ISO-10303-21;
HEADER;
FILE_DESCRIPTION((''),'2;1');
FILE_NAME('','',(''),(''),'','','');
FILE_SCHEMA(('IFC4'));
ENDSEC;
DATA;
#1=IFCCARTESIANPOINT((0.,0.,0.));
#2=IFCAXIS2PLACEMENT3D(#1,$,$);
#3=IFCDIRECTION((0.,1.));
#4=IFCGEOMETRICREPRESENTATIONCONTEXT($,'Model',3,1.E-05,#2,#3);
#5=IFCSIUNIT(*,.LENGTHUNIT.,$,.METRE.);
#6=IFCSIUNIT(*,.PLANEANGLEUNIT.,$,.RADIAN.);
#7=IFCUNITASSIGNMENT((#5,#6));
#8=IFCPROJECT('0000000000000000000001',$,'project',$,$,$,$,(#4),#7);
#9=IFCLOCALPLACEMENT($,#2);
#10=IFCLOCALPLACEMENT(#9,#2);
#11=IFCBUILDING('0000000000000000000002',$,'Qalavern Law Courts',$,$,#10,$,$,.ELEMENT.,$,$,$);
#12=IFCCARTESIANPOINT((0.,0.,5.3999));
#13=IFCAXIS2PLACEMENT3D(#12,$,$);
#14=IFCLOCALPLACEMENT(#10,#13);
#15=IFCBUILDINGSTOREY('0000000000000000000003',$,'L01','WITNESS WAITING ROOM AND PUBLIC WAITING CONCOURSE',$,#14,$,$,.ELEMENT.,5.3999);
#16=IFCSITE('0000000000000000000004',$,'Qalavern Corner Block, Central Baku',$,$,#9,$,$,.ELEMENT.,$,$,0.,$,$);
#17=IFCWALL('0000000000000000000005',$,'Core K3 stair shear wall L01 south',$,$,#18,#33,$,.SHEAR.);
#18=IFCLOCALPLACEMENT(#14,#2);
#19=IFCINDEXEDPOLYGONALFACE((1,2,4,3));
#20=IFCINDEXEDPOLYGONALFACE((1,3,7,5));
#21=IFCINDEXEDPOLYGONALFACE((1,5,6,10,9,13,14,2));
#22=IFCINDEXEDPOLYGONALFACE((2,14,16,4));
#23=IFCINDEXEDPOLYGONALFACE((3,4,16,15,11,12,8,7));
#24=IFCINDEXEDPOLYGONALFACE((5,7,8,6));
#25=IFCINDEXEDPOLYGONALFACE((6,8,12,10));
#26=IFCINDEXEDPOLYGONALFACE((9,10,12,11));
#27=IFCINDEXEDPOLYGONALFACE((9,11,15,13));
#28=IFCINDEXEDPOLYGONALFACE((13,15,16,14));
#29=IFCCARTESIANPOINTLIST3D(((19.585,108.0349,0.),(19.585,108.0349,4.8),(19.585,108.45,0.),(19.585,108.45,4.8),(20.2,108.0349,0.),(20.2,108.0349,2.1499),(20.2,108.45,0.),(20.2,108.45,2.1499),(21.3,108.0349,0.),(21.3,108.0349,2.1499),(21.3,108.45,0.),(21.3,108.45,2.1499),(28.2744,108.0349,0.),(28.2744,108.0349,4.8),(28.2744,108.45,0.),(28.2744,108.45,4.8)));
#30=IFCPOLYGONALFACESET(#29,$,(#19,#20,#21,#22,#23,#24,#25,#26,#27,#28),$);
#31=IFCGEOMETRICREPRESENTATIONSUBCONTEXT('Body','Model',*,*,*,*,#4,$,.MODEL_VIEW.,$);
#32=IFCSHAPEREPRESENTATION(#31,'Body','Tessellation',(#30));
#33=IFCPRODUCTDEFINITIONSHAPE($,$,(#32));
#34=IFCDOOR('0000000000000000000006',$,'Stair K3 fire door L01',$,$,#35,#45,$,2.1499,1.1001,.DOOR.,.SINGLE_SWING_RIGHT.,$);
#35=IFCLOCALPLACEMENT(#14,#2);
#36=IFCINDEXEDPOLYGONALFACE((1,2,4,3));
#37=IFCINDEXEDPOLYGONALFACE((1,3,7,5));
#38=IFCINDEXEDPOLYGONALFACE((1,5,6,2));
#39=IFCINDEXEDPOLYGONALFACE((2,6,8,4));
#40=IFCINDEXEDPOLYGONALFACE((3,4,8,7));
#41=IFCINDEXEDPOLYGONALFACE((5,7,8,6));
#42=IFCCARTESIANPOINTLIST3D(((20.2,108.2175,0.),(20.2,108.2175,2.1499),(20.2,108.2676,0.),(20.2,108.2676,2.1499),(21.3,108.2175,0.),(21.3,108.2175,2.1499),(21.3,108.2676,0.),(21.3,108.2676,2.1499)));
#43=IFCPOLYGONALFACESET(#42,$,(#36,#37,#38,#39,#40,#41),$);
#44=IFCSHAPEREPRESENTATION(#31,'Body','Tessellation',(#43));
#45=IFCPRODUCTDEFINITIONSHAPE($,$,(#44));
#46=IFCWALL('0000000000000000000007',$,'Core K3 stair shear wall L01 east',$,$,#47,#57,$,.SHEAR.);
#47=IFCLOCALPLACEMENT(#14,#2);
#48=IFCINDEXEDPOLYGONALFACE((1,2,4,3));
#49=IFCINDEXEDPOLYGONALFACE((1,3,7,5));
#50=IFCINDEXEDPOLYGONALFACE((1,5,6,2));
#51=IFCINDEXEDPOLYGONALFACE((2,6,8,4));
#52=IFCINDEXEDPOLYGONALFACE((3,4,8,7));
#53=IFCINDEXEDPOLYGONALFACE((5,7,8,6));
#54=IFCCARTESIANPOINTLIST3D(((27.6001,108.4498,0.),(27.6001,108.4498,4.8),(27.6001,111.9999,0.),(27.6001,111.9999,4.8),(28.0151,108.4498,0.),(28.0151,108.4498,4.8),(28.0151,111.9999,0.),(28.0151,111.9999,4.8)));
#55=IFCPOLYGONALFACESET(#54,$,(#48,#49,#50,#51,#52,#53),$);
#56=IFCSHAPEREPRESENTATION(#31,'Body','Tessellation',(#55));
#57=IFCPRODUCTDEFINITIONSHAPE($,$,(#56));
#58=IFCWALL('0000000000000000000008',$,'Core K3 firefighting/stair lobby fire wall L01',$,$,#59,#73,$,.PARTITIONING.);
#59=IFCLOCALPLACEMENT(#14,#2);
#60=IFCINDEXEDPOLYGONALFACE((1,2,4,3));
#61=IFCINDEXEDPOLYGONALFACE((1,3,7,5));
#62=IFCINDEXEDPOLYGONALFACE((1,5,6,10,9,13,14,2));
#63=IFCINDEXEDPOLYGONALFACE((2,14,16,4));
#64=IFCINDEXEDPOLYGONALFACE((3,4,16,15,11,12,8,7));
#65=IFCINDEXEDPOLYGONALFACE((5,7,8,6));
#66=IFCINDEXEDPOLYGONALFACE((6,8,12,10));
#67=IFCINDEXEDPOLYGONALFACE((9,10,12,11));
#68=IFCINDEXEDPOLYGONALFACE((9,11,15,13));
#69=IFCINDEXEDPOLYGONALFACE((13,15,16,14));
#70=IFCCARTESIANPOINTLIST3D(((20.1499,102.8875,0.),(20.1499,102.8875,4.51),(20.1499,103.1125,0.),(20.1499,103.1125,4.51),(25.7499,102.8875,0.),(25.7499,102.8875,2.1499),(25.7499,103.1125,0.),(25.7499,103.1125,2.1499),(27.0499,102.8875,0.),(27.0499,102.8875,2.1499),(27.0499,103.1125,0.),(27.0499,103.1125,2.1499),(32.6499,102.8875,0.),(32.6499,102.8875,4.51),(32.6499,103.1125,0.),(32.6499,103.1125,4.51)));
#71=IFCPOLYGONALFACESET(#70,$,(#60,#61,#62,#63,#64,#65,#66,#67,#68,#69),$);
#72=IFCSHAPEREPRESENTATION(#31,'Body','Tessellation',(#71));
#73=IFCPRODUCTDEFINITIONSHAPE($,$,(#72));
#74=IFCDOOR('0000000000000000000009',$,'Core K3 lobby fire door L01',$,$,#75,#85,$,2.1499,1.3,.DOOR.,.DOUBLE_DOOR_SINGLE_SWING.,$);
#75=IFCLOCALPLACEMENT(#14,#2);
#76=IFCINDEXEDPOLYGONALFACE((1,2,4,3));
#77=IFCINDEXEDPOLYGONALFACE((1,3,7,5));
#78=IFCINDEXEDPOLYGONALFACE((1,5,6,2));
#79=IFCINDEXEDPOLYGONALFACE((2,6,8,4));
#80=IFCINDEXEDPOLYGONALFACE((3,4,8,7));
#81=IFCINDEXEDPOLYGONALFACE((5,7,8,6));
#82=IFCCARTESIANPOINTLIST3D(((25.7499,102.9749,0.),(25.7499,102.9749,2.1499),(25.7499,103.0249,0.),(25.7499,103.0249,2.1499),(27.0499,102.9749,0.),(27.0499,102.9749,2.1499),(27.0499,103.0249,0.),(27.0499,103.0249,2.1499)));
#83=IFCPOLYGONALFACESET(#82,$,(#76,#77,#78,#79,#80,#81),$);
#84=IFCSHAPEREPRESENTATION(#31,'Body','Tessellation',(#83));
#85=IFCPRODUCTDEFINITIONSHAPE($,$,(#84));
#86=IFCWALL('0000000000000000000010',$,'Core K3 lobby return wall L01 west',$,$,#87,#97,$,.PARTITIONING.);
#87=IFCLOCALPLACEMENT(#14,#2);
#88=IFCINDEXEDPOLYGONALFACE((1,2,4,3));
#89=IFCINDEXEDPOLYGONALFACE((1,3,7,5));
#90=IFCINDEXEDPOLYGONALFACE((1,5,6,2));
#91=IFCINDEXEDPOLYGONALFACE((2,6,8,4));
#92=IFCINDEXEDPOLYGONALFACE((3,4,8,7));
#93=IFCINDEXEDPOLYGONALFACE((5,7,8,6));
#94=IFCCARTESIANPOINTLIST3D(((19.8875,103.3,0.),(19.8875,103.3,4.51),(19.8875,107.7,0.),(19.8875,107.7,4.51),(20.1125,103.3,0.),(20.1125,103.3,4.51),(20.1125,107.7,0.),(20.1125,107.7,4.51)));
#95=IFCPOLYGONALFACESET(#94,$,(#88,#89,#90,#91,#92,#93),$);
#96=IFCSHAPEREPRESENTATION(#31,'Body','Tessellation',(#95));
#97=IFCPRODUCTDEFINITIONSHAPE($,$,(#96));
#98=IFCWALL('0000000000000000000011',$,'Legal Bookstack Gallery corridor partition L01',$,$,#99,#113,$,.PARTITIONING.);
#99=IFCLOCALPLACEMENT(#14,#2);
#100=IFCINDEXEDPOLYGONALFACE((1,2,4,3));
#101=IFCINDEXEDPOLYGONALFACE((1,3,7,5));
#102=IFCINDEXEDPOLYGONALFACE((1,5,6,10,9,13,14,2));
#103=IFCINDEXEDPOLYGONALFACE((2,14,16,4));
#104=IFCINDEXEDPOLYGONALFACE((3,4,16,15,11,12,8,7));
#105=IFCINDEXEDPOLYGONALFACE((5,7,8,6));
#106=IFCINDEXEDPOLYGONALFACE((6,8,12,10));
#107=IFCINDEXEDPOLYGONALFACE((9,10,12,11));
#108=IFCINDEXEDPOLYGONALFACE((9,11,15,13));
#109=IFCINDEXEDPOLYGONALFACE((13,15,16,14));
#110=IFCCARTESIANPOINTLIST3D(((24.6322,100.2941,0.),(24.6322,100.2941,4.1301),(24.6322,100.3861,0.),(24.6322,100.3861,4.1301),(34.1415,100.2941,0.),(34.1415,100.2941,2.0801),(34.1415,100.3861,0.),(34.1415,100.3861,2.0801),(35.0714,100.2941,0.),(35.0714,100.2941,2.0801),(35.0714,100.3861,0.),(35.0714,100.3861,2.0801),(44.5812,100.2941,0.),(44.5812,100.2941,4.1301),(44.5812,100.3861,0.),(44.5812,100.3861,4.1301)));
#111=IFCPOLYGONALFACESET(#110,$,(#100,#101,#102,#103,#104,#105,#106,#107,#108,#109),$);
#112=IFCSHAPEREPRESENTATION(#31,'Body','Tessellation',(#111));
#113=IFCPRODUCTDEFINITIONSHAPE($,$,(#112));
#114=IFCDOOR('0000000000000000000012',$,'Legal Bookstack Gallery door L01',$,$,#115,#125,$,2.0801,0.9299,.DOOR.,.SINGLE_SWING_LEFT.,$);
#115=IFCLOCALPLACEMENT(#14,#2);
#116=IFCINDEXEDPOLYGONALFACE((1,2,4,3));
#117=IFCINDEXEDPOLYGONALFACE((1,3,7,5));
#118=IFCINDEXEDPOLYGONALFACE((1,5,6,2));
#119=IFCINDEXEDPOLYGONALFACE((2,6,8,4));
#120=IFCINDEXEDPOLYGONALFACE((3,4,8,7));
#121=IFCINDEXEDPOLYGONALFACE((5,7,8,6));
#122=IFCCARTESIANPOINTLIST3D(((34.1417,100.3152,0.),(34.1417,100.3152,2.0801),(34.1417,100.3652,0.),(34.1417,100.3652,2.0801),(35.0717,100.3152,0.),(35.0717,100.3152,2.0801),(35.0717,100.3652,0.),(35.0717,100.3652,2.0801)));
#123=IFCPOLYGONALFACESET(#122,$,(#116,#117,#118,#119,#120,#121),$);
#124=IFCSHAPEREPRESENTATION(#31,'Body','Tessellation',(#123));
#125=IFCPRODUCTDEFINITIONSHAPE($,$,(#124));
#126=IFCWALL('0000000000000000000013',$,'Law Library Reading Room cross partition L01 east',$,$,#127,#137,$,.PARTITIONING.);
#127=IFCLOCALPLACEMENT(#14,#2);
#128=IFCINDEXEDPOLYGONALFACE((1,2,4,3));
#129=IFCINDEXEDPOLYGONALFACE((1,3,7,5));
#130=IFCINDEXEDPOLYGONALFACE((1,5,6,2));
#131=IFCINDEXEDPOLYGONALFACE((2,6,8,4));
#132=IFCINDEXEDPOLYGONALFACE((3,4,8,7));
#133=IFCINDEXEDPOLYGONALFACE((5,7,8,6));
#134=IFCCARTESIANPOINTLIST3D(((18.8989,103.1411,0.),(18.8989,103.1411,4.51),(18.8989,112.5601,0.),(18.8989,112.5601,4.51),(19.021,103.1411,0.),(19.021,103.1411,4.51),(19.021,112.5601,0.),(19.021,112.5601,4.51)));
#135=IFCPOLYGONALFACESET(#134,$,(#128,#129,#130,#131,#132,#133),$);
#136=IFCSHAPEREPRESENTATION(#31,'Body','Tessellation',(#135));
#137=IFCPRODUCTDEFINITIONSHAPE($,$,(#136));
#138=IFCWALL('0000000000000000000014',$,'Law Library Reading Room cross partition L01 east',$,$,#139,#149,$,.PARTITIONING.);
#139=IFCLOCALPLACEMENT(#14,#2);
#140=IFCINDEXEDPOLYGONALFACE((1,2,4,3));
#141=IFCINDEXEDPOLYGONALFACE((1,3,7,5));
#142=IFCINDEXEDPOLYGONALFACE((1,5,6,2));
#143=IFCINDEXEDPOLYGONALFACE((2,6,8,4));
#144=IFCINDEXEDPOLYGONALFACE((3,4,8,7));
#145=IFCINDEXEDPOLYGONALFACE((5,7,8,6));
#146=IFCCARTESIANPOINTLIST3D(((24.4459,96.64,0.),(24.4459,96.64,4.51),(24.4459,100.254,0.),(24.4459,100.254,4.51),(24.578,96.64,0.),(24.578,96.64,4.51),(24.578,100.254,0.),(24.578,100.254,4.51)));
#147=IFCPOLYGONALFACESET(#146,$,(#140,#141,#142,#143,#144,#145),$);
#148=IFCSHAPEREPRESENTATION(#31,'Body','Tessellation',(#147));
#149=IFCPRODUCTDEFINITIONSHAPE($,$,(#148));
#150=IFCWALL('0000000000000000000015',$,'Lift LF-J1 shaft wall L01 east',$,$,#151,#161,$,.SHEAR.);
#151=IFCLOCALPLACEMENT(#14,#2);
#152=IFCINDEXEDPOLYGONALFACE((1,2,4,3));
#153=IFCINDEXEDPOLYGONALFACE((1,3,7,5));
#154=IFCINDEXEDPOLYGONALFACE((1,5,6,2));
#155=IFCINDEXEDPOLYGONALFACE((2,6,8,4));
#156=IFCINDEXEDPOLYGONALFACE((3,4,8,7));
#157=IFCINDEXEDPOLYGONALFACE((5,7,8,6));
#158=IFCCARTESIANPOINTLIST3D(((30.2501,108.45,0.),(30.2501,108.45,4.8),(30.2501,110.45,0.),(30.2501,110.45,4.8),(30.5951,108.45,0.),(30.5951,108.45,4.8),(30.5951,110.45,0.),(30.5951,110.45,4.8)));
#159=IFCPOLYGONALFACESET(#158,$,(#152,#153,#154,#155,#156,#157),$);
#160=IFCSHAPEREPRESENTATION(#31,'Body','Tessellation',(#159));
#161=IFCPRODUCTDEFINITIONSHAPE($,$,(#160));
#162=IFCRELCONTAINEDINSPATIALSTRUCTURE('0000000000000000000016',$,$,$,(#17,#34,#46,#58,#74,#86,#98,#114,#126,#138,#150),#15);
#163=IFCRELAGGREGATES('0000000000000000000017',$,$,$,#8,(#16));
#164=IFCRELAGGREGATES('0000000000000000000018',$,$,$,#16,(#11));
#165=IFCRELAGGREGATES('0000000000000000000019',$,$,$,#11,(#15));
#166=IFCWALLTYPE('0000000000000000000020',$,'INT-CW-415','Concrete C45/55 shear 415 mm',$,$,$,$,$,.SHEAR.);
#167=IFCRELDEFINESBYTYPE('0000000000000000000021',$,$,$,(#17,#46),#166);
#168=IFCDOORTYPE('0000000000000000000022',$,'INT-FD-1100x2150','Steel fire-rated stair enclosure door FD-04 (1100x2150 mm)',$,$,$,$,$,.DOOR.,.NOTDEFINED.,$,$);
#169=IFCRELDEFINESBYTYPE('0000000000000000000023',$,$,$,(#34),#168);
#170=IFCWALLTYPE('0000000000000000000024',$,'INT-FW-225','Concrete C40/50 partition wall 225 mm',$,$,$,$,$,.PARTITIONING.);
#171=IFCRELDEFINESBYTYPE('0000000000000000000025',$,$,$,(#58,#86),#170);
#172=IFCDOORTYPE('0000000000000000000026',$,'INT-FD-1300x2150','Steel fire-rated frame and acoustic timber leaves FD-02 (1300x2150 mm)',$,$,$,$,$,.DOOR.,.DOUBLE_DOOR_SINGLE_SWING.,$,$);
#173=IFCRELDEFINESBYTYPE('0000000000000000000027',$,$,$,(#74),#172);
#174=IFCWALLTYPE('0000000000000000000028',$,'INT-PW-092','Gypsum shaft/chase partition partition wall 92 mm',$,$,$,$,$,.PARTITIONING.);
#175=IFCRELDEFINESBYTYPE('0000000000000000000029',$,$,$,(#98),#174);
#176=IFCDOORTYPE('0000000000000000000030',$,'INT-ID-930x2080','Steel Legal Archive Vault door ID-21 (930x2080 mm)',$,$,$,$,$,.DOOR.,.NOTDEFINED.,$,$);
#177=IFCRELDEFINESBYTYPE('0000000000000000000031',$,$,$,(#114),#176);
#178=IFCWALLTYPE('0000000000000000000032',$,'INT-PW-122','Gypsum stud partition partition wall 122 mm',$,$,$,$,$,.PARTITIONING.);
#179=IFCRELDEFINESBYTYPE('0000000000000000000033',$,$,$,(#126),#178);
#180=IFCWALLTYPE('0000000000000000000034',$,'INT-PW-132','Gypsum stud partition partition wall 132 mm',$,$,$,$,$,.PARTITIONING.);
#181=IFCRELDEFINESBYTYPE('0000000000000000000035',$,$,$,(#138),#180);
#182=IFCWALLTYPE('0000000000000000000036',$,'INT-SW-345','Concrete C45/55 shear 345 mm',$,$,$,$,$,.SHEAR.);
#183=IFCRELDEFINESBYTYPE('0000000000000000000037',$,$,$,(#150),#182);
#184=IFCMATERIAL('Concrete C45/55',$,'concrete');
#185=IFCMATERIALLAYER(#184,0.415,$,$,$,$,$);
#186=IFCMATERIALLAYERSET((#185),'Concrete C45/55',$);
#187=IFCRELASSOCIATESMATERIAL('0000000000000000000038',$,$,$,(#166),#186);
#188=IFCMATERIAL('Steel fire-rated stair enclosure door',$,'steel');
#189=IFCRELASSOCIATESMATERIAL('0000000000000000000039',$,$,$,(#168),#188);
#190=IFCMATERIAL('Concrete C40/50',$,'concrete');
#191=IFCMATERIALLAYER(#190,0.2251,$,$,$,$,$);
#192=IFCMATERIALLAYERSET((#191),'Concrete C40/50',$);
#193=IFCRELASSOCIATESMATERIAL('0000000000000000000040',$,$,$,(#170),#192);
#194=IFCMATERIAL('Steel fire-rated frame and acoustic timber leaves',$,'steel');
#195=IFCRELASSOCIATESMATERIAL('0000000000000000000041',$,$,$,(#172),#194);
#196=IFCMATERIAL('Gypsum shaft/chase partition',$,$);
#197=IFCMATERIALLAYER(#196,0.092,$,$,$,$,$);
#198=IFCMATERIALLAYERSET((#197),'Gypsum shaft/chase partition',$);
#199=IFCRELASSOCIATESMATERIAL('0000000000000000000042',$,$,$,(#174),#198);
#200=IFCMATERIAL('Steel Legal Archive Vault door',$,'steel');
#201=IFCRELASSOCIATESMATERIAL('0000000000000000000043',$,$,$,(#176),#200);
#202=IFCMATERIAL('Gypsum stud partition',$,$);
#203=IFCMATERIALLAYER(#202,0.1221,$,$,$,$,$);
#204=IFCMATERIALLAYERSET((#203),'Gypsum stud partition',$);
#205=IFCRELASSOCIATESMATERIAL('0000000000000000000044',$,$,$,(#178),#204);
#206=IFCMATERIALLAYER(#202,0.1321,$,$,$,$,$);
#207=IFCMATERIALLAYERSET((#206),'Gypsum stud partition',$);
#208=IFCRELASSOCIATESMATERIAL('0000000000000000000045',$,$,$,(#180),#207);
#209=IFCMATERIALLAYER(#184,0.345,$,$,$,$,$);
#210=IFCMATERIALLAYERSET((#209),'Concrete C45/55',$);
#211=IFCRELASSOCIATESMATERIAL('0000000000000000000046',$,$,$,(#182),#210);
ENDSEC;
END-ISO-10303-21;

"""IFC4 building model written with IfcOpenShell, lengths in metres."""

from ifc_helpers import new_model, si_unit, direction, frame, frame_2d, origin, place, context, subcontext, project, spatial, rectangle, extrude, material, layer, layer_set, type_object, element, fill, save


model = new_model("IFC4")

# Units and contexts
model_context = context("Model", 3, precision=1e-05, world=origin(), true_north=direction((0.0, 1.0)))
body_context = subcontext(model_context, "Body", "Model", "MODEL_VIEW")
ifc_project = project(units=[si_unit("LENGTHUNIT", "METRE"), si_unit("PLANEANGLEUNIT", "RADIAN")], contexts=[model_context])

# Site, building, storey
site_placement = place(None, origin())
site = spatial("IfcSite", under=ifc_project, at=site_placement, Name="Qalavern Corner Block, Central Baku", CompositionType="ELEMENT", RefElevation=0.0)
building_placement = place(site_placement, origin())
building = spatial("IfcBuilding", under=site, at=building_placement, Name="Qalavern Law Courts", CompositionType="ELEMENT")
storey_placement = place(building_placement, frame((0.0, 0.0, 5.3999)))
storey = spatial("IfcBuildingStorey", under=building, at=storey_placement, Name="L01", Description="WITNESS WAITING ROOM AND PUBLIC WAITING CONCOURSE", CompositionType="ELEMENT", Elevation=5.3999)

# Shared definitions
ifc_material_1 = material(Name="Concrete C45/55", Category="concrete")

# Shared definitions
ifc_material_2 = material(Name="Concrete C40/50", Category="concrete")

# Wall, opening, door
ifc_layer_1 = layer(ifc_material_1, 0.415)
ifc_layer_set_1 = layer_set([ifc_layer_1], Name="Concrete C45/55")
wall_type_1 = type_object("IfcWallType", Name="INT-CW-415", Description="Concrete C45/55 shear 415 mm", PredefinedType="SHEAR", material=ifc_layer_set_1)
wall_1_placement = place(storey_placement, frame((19.585, 108.2424, 0.0), z_axis=(0.0, 0.0, 1.0), x_axis=(1.0, 0.0, 0.0)))
wall_1 = element("IfcWall", 1, at=wall_1_placement, inside=storey, type_object=wall_type_1, Name="Core K3 stair shear wall L01 south", PredefinedType="SHEAR", context=body_context, shape_type="SweptSolid", body=[
    extrude(rectangle(XDim=8.6895, YDim=0.415, at=frame_2d((4.3447, 0.0))), origin(), (0.0, 0.0, 1.0), 4.8),
])
opening_1_placement = place(wall_1_placement, frame((0.615, 0.0, 0.0)))
opening_1 = element("IfcOpeningElement", 2, at=opening_1_placement, cuts=wall_1, PredefinedType="OPENING", context=body_context, shape_type="SweptSolid", body=[
    extrude(rectangle(XDim=1.1001, YDim=2.1499, at=frame_2d((0.55, 1.075))), frame((0.0, 0.2224, 0.0), z_axis=(0.0, -1.0, 0.0), x_axis=(1.0, 0.0, 0.0)), (0.0, 0.0, 1.0), 0.4448),
])
ifc_material_3 = material(Name="Steel fire-rated stair enclosure door", Category="steel")
door_type_1 = type_object("IfcDoorType", Name="INT-FD-1100x2150", Description="Steel fire-rated stair enclosure door FD-04 (1100x2150 mm)", OperationType="NOTDEFINED", PredefinedType="DOOR", material=ifc_material_3)
door_1_placement = place(opening_1_placement, frame((1.1001, 0.0, 0.0), z_axis=(0.0, 0.0, 1.0), x_axis=(-1.0, 0.0, 0.0)))
door_1 = element("IfcDoor", 3, at=door_1_placement, inside=storey, type_object=door_type_1, Name="Stair K3 fire door L01", OperationType="SINGLE_SWING_RIGHT", OverallHeight=2.1499, OverallWidth=1.1001, PredefinedType="DOOR", context=body_context, shape_type="SweptSolid", body=[
    extrude(rectangle(XDim=1.1001, YDim=2.1499, at=frame_2d((0.55, 1.075))), frame((0.0, 0.0249, 0.0), z_axis=(0.0, -1.0, 0.0), x_axis=(1.0, 0.0, 0.0)), (0.0, 0.0, 1.0), 0.05),
])
fill(opening_1, door_1)

# Wall
wall_2_placement = place(storey_placement, frame((27.8076, 108.45, 0.0), z_axis=(0.0, 0.0, 1.0), x_axis=(0.0, 1.0, 0.0)))
element("IfcWall", 4, at=wall_2_placement, inside=storey, type_object=wall_type_1, Name="Core K3 stair shear wall L01 east", PredefinedType="SHEAR", context=body_context, shape_type="SweptSolid", body=[
    extrude(rectangle(XDim=3.55, YDim=0.415, at=frame_2d((1.7749, 0.0))), origin(), (0.0, 0.0, 1.0), 4.8),
])

# Wall, opening, door
ifc_layer_2 = layer(ifc_material_2, 0.2251)
ifc_layer_set_2 = layer_set([ifc_layer_2], Name="Concrete C40/50")
wall_type_2 = type_object("IfcWallType", Name="INT-FW-225", Description="Concrete C40/50 partition wall 225 mm", PredefinedType="PARTITIONING", material=ifc_layer_set_2)
wall_3_placement = place(storey_placement, frame((20.1499, 103.0, 0.0), z_axis=(0.0, 0.0, 1.0), x_axis=(1.0, 0.0, 0.0)))
wall_3 = element("IfcWall", 5, at=wall_3_placement, inside=storey, type_object=wall_type_2, Name="Core K3 firefighting/stair lobby fire wall L01", PredefinedType="PARTITIONING", context=body_context, shape_type="SweptSolid", body=[
    extrude(rectangle(XDim=12.5, YDim=0.2251, at=frame_2d((6.25, 0.0))), origin(), (0.0, 0.0, 1.0), 4.51),
])
opening_2_placement = place(wall_3_placement, frame((5.6001, 0.0, 0.0)))
opening_2 = element("IfcOpeningElement", 6, at=opening_2_placement, cuts=wall_3, PredefinedType="OPENING", context=body_context, shape_type="SweptSolid", body=[
    extrude(rectangle(XDim=1.3, YDim=2.1499, at=frame_2d((0.6499, 1.075))), frame((0.0, 0.1274, 0.0), z_axis=(0.0, -1.0, 0.0), x_axis=(1.0, 0.0, 0.0)), (0.0, 0.0, 1.0), 0.2549),
])
ifc_material_4 = material(Name="Steel fire-rated frame and acoustic timber leaves", Category="steel")
door_type_2 = type_object("IfcDoorType", Name="INT-FD-1300x2150", Description="Steel fire-rated frame and acoustic timber leaves FD-02 (1300x2150 mm)", OperationType="DOUBLE_DOOR_SINGLE_SWING", PredefinedType="DOOR", material=ifc_material_4)
door_2_placement = place(opening_2_placement, origin())
door_2 = element("IfcDoor", 7, at=door_2_placement, inside=storey, type_object=door_type_2, Name="Core K3 lobby fire door L01", OperationType="DOUBLE_DOOR_SINGLE_SWING", OverallHeight=2.1499, OverallWidth=1.3, PredefinedType="DOOR", context=body_context, shape_type="SweptSolid", body=[
    extrude(rectangle(XDim=1.3, YDim=2.1499, at=frame_2d((0.6499, 1.075))), frame((0.0, 0.0249, 0.0), z_axis=(0.0, -1.0, 0.0), x_axis=(1.0, 0.0, 0.0)), (0.0, 0.0, 1.0), 0.05),
])
fill(opening_2, door_2)

# Wall
wall_4_placement = place(storey_placement, frame((20.0, 103.3, 0.0), z_axis=(0.0, 0.0, 1.0), x_axis=(0.0, 1.0, 0.0)))
element("IfcWall", 8, at=wall_4_placement, inside=storey, type_object=wall_type_2, Name="Core K3 lobby return wall L01 west", PredefinedType="PARTITIONING", context=body_context, shape_type="SweptSolid", body=[
    extrude(rectangle(XDim=4.3999, YDim=0.2251, at=frame_2d((2.2, 0.0))), origin(), (0.0, 0.0, 1.0), 4.51),
])

# Wall, opening, door
ifc_material_5 = material(Name="Gypsum shaft/chase partition")
ifc_layer_3 = layer(ifc_material_5, 0.092)
ifc_layer_set_3 = layer_set([ifc_layer_3], Name="Gypsum shaft/chase partition")
wall_type_3 = type_object("IfcWallType", Name="INT-PW-092", Description="Gypsum shaft/chase partition partition wall 92 mm", PredefinedType="PARTITIONING", material=ifc_layer_set_3)
wall_5_placement = place(storey_placement, frame((24.6321, 100.3401, 0.0), z_axis=(0.0, 0.0, 1.0), x_axis=(1.0, 0.0, 0.0)))
wall_5 = element("IfcWall", 9, at=wall_5_placement, inside=storey, type_object=wall_type_3, Name="Legal Bookstack Gallery corridor partition L01", PredefinedType="PARTITIONING", context=body_context, shape_type="SweptSolid", body=[
    extrude(rectangle(XDim=19.949, YDim=0.092, at=frame_2d((9.9746, 0.0))), origin(), (0.0, 0.0, 1.0), 4.1301),
])
opening_3_placement = place(wall_5_placement, frame((9.5095, 0.0, 0.0)))
opening_3 = element("IfcOpeningElement", 10, at=opening_3_placement, cuts=wall_5, PredefinedType="OPENING", context=body_context, shape_type="SweptSolid", body=[
    extrude(rectangle(XDim=0.9299, YDim=2.0801, at=frame_2d((0.4648, 1.04))), frame((0.0, 0.061, 0.0), z_axis=(0.0, -1.0, 0.0), x_axis=(1.0, 0.0, 0.0)), (0.0, 0.0, 1.0), 0.1218),
])
ifc_material_6 = material(Name="Steel Legal Archive Vault door", Category="steel")
door_type_3 = type_object("IfcDoorType", Name="INT-ID-930x2080", Description="Steel Legal Archive Vault door ID-21 (930x2080 mm)", OperationType="NOTDEFINED", PredefinedType="DOOR", material=ifc_material_6)
door_3_placement = place(opening_3_placement, frame((0.9299, 0.0, 0.0), z_axis=(0.0, 0.0, 1.0), x_axis=(-1.0, 0.0, 0.0)))
door_3 = element("IfcDoor", 11, at=door_3_placement, inside=storey, type_object=door_type_3, Name="Legal Bookstack Gallery door L01", OperationType="SINGLE_SWING_LEFT", OverallHeight=2.0801, OverallWidth=0.9299, PredefinedType="DOOR", context=body_context, shape_type="SweptSolid", body=[
    extrude(rectangle(XDim=0.9299, YDim=2.0801, at=frame_2d((0.4648, 1.04))), frame((0.0, 0.0249, 0.0), z_axis=(0.0, -1.0, 0.0), x_axis=(1.0, 0.0, 0.0)), (0.0, 0.0, 1.0), 0.05),
])
fill(opening_3, door_3)

# Walls
ifc_material_7 = material(Name="Gypsum stud partition")
ifc_layer_4 = layer(ifc_material_7, 0.1221)
ifc_layer_set_4 = layer_set([ifc_layer_4], Name="Gypsum stud partition")
wall_type_4 = type_object("IfcWallType", Name="INT-PW-122", Description="Gypsum stud partition partition wall 122 mm", PredefinedType="PARTITIONING", material=ifc_layer_set_4)
wall_6_placement = place(storey_placement, frame((18.96, 103.1411, 0.0), z_axis=(0.0, 0.0, 1.0), x_axis=(0.0, 1.0, 0.0)))
element("IfcWall", 12, at=wall_6_placement, inside=storey, type_object=wall_type_4, Name="Law Library Reading Room cross partition L01 east", PredefinedType="PARTITIONING", context=body_context, shape_type="SweptSolid", body=[
    extrude(rectangle(XDim=9.4189, YDim=0.1221, at=frame_2d((4.7095, 0.0))), origin(), (0.0, 0.0, 1.0), 4.51),
])
ifc_layer_5 = layer(ifc_material_7, 0.1321)
ifc_layer_set_5 = layer_set([ifc_layer_5], Name="Gypsum stud partition")
wall_type_5 = type_object("IfcWallType", Name="INT-PW-132", Description="Gypsum stud partition partition wall 132 mm", PredefinedType="PARTITIONING", material=ifc_layer_set_5)
wall_7_placement = place(storey_placement, frame((24.512, 96.6399, 0.0), z_axis=(0.0, 0.0, 1.0), x_axis=(0.0, 1.0, 0.0)))
element("IfcWall", 13, at=wall_7_placement, inside=storey, type_object=wall_type_5, Name="Law Library Reading Room cross partition L01 east", PredefinedType="PARTITIONING", context=body_context, shape_type="SweptSolid", body=[
    extrude(rectangle(XDim=3.614, YDim=0.1321, at=frame_2d((1.8071, 0.0))), origin(), (0.0, 0.0, 1.0), 4.51),
])

# Shared definitions
ifc_layer_6 = layer(ifc_material_1, 0.345)
ifc_layer_set_6 = layer_set([ifc_layer_6], Name="Concrete C45/55")
wall_type_6 = type_object("IfcWallType", Name="INT-SW-345", Description="Concrete C45/55 shear 345 mm", PredefinedType="SHEAR", material=ifc_layer_set_6)

# Wall
wall_8_placement = place(storey_placement, frame((30.4226, 108.45, 0.0), z_axis=(0.0, 0.0, 1.0), x_axis=(0.0, 1.0, 0.0)))
element("IfcWall", 14, at=wall_8_placement, inside=storey, type_object=wall_type_6, Name="Lift LF-J1 shaft wall L01 east", PredefinedType="SHEAR", context=body_context, shape_type="SweptSolid", body=[
    extrude(rectangle(XDim=2.0, YDim=0.345, at=frame_2d((1.0, 0.0))), origin(), (0.0, 0.0, 1.0), 4.8),
])

save(model, "model.ifc")
